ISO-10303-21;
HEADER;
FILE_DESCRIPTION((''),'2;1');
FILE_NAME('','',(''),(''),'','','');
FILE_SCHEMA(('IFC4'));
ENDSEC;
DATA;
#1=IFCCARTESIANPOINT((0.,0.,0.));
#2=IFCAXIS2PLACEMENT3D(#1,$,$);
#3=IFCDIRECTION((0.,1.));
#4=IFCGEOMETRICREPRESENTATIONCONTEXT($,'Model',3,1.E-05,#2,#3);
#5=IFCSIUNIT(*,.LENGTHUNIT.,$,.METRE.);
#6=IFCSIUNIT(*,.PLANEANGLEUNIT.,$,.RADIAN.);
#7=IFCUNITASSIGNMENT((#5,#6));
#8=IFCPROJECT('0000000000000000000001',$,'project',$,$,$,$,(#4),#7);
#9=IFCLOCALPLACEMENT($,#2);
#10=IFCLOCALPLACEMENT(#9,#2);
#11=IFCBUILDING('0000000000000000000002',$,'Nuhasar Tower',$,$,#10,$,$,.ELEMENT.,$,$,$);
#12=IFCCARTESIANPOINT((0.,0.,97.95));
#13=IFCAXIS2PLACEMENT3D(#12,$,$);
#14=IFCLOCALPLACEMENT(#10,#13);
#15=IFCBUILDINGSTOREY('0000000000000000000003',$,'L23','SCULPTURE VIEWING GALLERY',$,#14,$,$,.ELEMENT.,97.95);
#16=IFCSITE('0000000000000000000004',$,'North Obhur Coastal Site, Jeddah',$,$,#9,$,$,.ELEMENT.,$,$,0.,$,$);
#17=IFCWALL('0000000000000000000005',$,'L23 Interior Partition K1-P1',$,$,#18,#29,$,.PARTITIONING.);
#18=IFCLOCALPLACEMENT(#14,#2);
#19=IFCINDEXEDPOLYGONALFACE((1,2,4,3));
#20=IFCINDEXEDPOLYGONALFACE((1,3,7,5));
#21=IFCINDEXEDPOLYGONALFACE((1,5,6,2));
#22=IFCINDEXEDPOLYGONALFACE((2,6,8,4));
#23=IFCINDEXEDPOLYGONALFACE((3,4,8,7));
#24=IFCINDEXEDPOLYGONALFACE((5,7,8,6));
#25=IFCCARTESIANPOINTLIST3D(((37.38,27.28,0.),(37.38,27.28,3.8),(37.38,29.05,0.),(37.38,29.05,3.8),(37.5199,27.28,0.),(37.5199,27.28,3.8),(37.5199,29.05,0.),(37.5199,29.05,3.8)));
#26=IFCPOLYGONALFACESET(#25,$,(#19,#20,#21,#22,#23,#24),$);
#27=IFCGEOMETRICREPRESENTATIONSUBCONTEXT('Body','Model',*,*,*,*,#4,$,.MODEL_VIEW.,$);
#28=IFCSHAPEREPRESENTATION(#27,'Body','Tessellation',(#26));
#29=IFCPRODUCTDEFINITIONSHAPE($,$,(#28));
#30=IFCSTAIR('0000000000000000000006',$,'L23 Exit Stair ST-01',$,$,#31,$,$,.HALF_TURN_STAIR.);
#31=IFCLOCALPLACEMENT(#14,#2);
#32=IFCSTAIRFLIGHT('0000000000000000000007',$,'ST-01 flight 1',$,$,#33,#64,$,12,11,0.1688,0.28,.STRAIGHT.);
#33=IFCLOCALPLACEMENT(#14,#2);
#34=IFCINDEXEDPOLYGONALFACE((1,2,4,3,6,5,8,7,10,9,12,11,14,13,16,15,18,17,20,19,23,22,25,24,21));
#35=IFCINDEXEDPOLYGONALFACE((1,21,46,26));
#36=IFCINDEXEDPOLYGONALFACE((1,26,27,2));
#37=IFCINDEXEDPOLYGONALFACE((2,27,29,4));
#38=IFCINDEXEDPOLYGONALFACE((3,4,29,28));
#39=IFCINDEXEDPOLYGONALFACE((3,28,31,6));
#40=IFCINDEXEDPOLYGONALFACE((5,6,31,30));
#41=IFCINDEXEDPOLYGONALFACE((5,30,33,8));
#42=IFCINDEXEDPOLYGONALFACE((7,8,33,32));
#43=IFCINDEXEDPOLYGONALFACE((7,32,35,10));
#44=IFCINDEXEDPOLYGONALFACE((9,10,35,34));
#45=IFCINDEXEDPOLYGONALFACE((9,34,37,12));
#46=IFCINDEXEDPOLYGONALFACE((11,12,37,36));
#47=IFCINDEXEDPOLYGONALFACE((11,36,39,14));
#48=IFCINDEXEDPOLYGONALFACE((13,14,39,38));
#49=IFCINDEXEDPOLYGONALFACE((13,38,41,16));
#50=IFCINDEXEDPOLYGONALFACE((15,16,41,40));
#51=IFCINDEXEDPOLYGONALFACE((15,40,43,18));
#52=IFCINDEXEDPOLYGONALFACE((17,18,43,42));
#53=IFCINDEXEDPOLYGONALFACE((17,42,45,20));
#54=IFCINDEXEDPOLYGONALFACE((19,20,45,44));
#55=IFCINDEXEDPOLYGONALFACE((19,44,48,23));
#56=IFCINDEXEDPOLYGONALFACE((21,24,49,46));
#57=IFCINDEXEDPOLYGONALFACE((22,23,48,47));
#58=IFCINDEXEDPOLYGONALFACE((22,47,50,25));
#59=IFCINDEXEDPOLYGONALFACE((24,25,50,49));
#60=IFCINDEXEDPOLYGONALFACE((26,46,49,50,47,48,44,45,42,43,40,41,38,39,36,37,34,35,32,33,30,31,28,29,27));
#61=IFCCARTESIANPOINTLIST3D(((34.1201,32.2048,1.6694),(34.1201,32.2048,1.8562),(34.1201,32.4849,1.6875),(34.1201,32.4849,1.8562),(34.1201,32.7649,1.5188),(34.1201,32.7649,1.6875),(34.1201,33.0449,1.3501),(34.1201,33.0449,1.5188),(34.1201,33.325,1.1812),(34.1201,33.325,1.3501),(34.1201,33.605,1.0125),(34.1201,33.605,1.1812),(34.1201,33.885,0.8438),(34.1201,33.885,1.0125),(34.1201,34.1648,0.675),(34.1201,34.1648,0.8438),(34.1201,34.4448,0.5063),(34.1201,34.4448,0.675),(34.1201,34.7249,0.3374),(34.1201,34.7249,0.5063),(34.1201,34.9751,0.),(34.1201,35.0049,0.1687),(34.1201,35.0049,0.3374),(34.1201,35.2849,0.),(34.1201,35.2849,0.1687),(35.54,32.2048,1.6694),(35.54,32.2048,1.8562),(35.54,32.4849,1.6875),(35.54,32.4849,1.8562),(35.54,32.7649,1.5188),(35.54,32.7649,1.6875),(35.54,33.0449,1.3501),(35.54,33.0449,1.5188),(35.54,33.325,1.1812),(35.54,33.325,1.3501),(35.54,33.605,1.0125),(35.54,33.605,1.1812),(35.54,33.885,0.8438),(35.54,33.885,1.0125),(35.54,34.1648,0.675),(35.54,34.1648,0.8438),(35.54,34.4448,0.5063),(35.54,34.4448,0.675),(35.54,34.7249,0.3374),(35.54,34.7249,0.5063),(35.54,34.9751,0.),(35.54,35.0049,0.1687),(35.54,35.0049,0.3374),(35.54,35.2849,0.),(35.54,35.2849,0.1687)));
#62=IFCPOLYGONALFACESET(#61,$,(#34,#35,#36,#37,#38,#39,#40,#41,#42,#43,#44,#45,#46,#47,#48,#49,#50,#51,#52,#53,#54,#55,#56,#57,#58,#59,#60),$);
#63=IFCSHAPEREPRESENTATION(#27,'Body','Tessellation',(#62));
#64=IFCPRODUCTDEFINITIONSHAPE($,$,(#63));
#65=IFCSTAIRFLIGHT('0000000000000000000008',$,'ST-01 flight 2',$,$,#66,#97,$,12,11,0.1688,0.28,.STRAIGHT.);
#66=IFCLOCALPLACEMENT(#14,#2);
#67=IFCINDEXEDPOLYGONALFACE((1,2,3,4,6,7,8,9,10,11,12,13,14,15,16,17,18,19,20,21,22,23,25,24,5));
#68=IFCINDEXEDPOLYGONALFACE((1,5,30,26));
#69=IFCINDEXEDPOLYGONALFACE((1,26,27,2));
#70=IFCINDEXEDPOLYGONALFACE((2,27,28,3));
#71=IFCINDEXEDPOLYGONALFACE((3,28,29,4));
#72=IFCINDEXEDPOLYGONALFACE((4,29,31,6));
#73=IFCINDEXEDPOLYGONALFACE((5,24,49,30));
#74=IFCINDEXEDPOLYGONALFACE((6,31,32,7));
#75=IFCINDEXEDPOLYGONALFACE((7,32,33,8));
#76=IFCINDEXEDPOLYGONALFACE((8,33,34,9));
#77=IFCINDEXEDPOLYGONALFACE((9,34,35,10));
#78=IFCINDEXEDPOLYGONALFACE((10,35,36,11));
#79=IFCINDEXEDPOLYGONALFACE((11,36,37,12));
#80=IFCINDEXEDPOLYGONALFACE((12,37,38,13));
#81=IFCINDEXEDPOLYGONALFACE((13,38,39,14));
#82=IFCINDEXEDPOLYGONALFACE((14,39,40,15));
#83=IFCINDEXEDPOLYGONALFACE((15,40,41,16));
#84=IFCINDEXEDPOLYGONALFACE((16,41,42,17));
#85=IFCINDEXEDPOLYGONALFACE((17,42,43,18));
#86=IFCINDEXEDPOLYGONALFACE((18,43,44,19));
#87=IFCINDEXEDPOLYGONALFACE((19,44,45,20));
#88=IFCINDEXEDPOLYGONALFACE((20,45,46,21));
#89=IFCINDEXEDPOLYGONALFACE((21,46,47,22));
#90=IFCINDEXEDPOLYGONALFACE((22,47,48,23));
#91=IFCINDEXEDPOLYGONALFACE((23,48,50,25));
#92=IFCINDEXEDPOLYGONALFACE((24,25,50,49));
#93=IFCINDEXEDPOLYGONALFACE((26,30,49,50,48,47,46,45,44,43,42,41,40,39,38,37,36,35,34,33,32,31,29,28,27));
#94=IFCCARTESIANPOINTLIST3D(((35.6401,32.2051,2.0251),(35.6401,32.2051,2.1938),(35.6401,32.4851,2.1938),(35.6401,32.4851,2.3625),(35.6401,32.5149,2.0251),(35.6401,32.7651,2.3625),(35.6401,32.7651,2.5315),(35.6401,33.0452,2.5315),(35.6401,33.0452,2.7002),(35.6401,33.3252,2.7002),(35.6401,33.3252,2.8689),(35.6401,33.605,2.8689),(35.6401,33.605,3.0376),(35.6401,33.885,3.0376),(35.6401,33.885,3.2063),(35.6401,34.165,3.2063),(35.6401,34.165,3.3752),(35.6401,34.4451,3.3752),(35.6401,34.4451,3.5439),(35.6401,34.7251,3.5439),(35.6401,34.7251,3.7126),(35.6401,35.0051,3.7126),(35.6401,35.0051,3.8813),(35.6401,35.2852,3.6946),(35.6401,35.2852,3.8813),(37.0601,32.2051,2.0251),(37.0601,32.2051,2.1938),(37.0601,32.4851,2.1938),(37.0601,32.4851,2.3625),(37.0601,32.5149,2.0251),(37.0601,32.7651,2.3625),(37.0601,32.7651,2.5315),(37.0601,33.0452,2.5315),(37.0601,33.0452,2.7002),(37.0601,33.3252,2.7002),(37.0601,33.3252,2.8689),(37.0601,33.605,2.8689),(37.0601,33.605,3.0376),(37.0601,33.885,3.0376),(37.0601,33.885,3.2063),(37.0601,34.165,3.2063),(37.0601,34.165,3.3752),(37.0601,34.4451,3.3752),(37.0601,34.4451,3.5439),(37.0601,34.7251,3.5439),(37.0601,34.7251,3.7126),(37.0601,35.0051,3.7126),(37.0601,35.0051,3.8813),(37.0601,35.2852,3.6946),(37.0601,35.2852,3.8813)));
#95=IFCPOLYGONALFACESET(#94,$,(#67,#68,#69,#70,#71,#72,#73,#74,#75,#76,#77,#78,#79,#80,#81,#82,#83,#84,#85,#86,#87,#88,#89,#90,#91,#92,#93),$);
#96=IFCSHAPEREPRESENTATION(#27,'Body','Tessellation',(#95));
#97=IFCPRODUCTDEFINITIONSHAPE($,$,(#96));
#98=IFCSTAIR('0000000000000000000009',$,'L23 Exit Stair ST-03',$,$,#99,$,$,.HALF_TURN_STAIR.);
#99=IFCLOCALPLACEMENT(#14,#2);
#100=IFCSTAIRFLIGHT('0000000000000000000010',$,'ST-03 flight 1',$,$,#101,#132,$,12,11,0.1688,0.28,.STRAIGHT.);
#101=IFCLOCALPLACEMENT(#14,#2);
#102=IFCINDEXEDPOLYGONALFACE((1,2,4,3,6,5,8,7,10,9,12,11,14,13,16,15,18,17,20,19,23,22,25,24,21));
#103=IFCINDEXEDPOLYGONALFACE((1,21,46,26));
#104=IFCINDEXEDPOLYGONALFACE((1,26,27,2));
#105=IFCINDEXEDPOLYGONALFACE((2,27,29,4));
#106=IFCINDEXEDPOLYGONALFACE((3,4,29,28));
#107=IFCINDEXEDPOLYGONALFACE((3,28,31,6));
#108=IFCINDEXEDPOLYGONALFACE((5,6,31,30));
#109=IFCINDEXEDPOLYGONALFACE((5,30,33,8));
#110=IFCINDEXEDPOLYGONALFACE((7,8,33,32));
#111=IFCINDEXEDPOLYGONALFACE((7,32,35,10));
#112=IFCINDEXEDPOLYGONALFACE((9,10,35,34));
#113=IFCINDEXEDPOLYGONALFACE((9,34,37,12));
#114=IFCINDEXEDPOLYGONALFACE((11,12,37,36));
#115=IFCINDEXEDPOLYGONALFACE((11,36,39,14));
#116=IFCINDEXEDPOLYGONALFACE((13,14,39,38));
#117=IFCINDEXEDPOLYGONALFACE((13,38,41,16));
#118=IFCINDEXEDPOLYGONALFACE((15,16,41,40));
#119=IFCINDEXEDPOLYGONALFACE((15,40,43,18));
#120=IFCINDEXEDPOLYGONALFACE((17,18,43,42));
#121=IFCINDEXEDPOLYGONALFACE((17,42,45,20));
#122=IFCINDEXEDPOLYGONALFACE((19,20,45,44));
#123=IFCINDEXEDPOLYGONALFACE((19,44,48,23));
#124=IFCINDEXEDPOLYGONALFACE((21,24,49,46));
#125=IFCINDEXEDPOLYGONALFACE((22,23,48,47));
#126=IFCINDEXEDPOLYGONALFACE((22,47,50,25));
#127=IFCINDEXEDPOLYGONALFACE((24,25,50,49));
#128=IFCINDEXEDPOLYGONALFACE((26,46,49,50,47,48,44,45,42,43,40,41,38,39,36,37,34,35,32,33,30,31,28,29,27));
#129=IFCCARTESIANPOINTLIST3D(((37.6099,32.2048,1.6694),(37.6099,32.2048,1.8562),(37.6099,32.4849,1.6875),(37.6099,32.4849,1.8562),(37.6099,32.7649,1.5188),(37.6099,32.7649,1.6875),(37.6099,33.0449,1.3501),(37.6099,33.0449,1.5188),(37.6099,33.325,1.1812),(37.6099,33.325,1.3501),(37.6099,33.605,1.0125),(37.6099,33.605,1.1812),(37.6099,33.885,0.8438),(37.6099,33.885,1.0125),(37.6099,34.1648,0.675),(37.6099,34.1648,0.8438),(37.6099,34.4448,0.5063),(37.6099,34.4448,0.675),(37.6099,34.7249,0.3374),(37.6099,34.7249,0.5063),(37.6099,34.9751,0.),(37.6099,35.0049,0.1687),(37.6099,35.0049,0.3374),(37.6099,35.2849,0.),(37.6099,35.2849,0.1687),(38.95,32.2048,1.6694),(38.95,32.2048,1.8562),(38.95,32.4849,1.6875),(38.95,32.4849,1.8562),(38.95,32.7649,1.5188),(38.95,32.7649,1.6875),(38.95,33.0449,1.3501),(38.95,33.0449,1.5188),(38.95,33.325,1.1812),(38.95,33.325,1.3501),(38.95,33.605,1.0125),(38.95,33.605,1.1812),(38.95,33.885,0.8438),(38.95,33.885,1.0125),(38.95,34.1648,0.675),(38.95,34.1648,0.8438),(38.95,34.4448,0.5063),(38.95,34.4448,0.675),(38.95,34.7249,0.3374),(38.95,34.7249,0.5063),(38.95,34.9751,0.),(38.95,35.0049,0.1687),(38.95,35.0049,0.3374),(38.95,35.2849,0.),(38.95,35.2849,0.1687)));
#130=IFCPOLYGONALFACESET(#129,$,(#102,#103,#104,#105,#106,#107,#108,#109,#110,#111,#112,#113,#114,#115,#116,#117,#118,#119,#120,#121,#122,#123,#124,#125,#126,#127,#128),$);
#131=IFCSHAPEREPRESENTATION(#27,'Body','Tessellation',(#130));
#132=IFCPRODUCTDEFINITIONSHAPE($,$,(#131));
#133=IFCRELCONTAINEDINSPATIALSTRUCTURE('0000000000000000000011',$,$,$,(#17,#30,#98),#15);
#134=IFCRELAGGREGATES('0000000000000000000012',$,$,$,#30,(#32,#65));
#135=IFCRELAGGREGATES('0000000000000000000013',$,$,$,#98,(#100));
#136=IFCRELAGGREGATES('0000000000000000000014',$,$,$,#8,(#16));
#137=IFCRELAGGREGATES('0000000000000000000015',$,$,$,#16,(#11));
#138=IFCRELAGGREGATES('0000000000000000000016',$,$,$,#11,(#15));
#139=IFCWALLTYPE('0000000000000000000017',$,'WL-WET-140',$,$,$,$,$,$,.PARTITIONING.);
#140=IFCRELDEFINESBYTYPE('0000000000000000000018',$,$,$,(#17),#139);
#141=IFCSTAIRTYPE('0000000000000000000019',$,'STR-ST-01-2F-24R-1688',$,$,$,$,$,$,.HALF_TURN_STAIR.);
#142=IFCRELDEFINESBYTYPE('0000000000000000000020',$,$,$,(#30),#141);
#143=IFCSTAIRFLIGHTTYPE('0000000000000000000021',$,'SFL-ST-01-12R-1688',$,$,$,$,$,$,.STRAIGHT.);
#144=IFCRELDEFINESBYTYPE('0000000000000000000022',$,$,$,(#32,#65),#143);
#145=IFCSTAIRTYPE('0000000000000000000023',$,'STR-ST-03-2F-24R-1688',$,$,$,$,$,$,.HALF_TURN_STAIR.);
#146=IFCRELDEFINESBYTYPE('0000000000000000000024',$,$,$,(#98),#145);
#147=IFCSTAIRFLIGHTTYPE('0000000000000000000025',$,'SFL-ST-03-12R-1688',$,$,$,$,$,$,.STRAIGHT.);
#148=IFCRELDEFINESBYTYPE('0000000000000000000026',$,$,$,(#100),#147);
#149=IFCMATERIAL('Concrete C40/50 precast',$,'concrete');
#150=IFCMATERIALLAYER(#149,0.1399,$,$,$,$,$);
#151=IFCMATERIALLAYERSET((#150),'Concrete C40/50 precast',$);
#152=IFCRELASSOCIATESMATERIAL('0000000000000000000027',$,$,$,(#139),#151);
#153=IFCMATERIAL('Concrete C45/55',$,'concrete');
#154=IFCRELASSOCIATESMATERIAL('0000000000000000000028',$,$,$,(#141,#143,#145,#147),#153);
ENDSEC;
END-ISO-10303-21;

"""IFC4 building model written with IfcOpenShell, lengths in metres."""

from ifc_helpers import new_model, si_unit, direction, frame, frame_2d, origin, place, context, subcontext, project, spatial, polyline, rectangle, outline, extrude, material, layer, layer_set, type_object, element, aggregate, save


model = new_model("IFC4")

# Units and contexts
model_context = context("Model", 3, precision=1e-05, world=origin(), true_north=direction((0.0, 1.0)))
body_context = subcontext(model_context, "Body", "Model", "MODEL_VIEW")
ifc_project = project(units=[si_unit("LENGTHUNIT", "METRE"), si_unit("PLANEANGLEUNIT", "RADIAN")], contexts=[model_context])

# Site, building, storey
site_placement = place(None, origin())
site = spatial("IfcSite", under=ifc_project, at=site_placement, Name="North Obhur Coastal Site, Jeddah", CompositionType="ELEMENT", RefElevation=0.0)
building_placement = place(site_placement, origin())
building = spatial("IfcBuilding", under=site, at=building_placement, Name="Nuhasar Tower", CompositionType="ELEMENT")
storey_placement = place(building_placement, frame((0.0, 0.0, 97.95)))
storey = spatial("IfcBuildingStorey", under=building, at=storey_placement, Name="L23", Description="SCULPTURE VIEWING GALLERY", CompositionType="ELEMENT", Elevation=97.95)

# Shared definitions
ifc_material_1 = material(Name="Concrete C45/55", Category="concrete")

# Shared definitions
ifc_material_2 = material(Name="Concrete C40/50 precast", Category="concrete")
ifc_layer_1 = layer(ifc_material_2, 0.1399)
ifc_layer_set_1 = layer_set([ifc_layer_1], Name="Concrete C40/50 precast")
wall_type_1 = type_object("IfcWallType", Name="WL-WET-140", PredefinedType="PARTITIONING", material=ifc_layer_set_1)

# Wall
wall_1_placement = place(storey_placement, frame((37.45, 27.28, 0.0), z_axis=(0.0, 0.0, 1.0), x_axis=(0.0, 1.0, 0.0)))
element("IfcWall", 1, at=wall_1_placement, inside=storey, type_object=wall_type_1, Name="L23 Interior Partition K1-P1", PredefinedType="PARTITIONING", context=body_context, shape_type="SweptSolid", body=[
    extrude(rectangle(XDim=1.77, YDim=0.1399, at=frame_2d((0.885, 0.0))), origin(), (0.0, 0.0, 1.0), 3.8),
])

# Stair, stair flights
stair_type_1 = type_object("IfcStairType", Name="STR-ST-01-2F-24R-1688", PredefinedType="HALF_TURN_STAIR", material=ifc_material_1)
stair_1_placement = place(storey_placement, origin())
stair_1 = element("IfcStair", 2, at=stair_1_placement, inside=storey, type_object=stair_type_1, Name="L23 Exit Stair ST-01", PredefinedType="HALF_TURN_STAIR")
stair_flight_type_1 = type_object("IfcStairFlightType", Name="SFL-ST-01-12R-1688", PredefinedType="STRAIGHT", material=ifc_material_1)
stair_flight_1_placement = place(storey_placement, frame((34.8301, 35.2849, 0.0), z_axis=(0.0, 0.0, 1.0), x_axis=(0.0, -1.0, 0.0)))
stair_flight_1 = element("IfcStairFlight", 3, at=stair_flight_1_placement, type_object=stair_flight_type_1, Name="ST-01 flight 1", NumberOfRisers=12, NumberOfTreads=11, PredefinedType="STRAIGHT", RiserHeight=0.1688, TreadLength=0.28, context=body_context, shape_type="SweptSolid", body=[
    extrude(outline(polyline([(0.0, 0.0), (0.0, 0.1687), (0.28, 0.1687), (0.28, 0.3374), (0.5601, 0.3374), (0.5601, 0.5063), (0.8401, 0.5063), (0.8401, 0.675), (1.1201, 0.675), (1.1201, 0.8438), (1.3999, 0.8438), (1.3999, 1.0125), (1.6799, 1.0125), (1.6799, 1.1812), (1.96, 1.1812), (1.96, 1.3501), (2.24, 1.3501), (2.24, 1.5188), (2.52, 1.5188), (2.52, 1.6875), (2.8, 1.6875), (2.8, 1.8562), (3.0801, 1.8562), (3.0801, 2.0249), (3.0801, 1.6694), (0.3098, 0.0), (0.0, 0.0)])), frame((0.0, 0.71, 0.0), z_axis=(0.0, -1.0, 0.0), x_axis=(1.0, 0.0, 0.0)), (0.0, 0.0, 1.0), 1.4199),
])
stair_flight_2_placement = place(storey_placement, frame((36.3501, 32.2051, 2.0251), z_axis=(0.0, 0.0, 1.0), x_axis=(0.0, 1.0, 0.0)))
stair_flight_2 = element("IfcStairFlight", 4, at=stair_flight_2_placement, type_object=stair_flight_type_1, Name="ST-01 flight 2", NumberOfRisers=12, NumberOfTreads=11, PredefinedType="STRAIGHT", RiserHeight=0.1688, TreadLength=0.28, context=body_context, shape_type="SweptSolid", body=[
    extrude(outline(polyline([(0.0, 0.0), (0.0, 0.1687), (0.28, 0.1687), (0.28, 0.3374), (0.5601, 0.3374), (0.5601, 0.5063), (0.8401, 0.5063), (0.8401, 0.675), (1.1201, 0.675), (1.1201, 0.8438), (1.3999, 0.8438), (1.3999, 1.0125), (1.6799, 1.0125), (1.6799, 1.1812), (1.96, 1.1812), (1.96, 1.3501), (2.24, 1.3501), (2.24, 1.5188), (2.52, 1.5188), (2.52, 1.6875), (2.8, 1.6875), (2.8, 1.8562), (3.0801, 1.8562), (3.0801, 2.0249), (3.0801, 1.6694), (0.3098, 0.0), (0.0, 0.0)])), frame((0.0, 0.71, 0.0), z_axis=(0.0, -1.0, 0.0), x_axis=(1.0, 0.0, 0.0)), (0.0, 0.0, 1.0), 1.4199),
])
aggregate(stair_1, [stair_flight_1, stair_flight_2])

# Stair, stair flight
stair_type_2 = type_object("IfcStairType", Name="STR-ST-03-2F-24R-1688", PredefinedType="HALF_TURN_STAIR", material=ifc_material_1)
stair_2_placement = place(storey_placement, origin())
stair_2 = element("IfcStair", 5, at=stair_2_placement, inside=storey, type_object=stair_type_2, Name="L23 Exit Stair ST-03", PredefinedType="HALF_TURN_STAIR")
stair_flight_type_2 = type_object("IfcStairFlightType", Name="SFL-ST-03-12R-1688", PredefinedType="STRAIGHT", material=ifc_material_1)
stair_flight_3_placement = place(storey_placement, frame((38.28, 35.2849, 0.0), z_axis=(0.0, 0.0, 1.0), x_axis=(0.0, -1.0, 0.0)))
stair_flight_3 = element("IfcStairFlight", 6, at=stair_flight_3_placement, type_object=stair_flight_type_2, Name="ST-03 flight 1", NumberOfRisers=12, NumberOfTreads=11, PredefinedType="STRAIGHT", RiserHeight=0.1688, TreadLength=0.28, context=body_context, shape_type="SweptSolid", body=[
    extrude(outline(polyline([(0.0, 0.0), (0.0, 0.1687), (0.28, 0.1687), (0.28, 0.3374), (0.5601, 0.3374), (0.5601, 0.5063), (0.8401, 0.5063), (0.8401, 0.675), (1.1201, 0.675), (1.1201, 0.8438), (1.3999, 0.8438), (1.3999, 1.0125), (1.6799, 1.0125), (1.6799, 1.1812), (1.96, 1.1812), (1.96, 1.3501), (2.24, 1.3501), (2.24, 1.5188), (2.52, 1.5188), (2.52, 1.6875), (2.8, 1.6875), (2.8, 1.8562), (3.0801, 1.8562), (3.0801, 2.0249), (3.0801, 1.6694), (0.3098, 0.0), (0.0, 0.0)])), frame((0.0, 0.6699, 0.0), z_axis=(0.0, -1.0, 0.0), x_axis=(1.0, 0.0, 0.0)), (0.0, 0.0, 1.0), 1.3401),
])
aggregate(stair_2, [stair_flight_3])

save(model, "model.ifc")
